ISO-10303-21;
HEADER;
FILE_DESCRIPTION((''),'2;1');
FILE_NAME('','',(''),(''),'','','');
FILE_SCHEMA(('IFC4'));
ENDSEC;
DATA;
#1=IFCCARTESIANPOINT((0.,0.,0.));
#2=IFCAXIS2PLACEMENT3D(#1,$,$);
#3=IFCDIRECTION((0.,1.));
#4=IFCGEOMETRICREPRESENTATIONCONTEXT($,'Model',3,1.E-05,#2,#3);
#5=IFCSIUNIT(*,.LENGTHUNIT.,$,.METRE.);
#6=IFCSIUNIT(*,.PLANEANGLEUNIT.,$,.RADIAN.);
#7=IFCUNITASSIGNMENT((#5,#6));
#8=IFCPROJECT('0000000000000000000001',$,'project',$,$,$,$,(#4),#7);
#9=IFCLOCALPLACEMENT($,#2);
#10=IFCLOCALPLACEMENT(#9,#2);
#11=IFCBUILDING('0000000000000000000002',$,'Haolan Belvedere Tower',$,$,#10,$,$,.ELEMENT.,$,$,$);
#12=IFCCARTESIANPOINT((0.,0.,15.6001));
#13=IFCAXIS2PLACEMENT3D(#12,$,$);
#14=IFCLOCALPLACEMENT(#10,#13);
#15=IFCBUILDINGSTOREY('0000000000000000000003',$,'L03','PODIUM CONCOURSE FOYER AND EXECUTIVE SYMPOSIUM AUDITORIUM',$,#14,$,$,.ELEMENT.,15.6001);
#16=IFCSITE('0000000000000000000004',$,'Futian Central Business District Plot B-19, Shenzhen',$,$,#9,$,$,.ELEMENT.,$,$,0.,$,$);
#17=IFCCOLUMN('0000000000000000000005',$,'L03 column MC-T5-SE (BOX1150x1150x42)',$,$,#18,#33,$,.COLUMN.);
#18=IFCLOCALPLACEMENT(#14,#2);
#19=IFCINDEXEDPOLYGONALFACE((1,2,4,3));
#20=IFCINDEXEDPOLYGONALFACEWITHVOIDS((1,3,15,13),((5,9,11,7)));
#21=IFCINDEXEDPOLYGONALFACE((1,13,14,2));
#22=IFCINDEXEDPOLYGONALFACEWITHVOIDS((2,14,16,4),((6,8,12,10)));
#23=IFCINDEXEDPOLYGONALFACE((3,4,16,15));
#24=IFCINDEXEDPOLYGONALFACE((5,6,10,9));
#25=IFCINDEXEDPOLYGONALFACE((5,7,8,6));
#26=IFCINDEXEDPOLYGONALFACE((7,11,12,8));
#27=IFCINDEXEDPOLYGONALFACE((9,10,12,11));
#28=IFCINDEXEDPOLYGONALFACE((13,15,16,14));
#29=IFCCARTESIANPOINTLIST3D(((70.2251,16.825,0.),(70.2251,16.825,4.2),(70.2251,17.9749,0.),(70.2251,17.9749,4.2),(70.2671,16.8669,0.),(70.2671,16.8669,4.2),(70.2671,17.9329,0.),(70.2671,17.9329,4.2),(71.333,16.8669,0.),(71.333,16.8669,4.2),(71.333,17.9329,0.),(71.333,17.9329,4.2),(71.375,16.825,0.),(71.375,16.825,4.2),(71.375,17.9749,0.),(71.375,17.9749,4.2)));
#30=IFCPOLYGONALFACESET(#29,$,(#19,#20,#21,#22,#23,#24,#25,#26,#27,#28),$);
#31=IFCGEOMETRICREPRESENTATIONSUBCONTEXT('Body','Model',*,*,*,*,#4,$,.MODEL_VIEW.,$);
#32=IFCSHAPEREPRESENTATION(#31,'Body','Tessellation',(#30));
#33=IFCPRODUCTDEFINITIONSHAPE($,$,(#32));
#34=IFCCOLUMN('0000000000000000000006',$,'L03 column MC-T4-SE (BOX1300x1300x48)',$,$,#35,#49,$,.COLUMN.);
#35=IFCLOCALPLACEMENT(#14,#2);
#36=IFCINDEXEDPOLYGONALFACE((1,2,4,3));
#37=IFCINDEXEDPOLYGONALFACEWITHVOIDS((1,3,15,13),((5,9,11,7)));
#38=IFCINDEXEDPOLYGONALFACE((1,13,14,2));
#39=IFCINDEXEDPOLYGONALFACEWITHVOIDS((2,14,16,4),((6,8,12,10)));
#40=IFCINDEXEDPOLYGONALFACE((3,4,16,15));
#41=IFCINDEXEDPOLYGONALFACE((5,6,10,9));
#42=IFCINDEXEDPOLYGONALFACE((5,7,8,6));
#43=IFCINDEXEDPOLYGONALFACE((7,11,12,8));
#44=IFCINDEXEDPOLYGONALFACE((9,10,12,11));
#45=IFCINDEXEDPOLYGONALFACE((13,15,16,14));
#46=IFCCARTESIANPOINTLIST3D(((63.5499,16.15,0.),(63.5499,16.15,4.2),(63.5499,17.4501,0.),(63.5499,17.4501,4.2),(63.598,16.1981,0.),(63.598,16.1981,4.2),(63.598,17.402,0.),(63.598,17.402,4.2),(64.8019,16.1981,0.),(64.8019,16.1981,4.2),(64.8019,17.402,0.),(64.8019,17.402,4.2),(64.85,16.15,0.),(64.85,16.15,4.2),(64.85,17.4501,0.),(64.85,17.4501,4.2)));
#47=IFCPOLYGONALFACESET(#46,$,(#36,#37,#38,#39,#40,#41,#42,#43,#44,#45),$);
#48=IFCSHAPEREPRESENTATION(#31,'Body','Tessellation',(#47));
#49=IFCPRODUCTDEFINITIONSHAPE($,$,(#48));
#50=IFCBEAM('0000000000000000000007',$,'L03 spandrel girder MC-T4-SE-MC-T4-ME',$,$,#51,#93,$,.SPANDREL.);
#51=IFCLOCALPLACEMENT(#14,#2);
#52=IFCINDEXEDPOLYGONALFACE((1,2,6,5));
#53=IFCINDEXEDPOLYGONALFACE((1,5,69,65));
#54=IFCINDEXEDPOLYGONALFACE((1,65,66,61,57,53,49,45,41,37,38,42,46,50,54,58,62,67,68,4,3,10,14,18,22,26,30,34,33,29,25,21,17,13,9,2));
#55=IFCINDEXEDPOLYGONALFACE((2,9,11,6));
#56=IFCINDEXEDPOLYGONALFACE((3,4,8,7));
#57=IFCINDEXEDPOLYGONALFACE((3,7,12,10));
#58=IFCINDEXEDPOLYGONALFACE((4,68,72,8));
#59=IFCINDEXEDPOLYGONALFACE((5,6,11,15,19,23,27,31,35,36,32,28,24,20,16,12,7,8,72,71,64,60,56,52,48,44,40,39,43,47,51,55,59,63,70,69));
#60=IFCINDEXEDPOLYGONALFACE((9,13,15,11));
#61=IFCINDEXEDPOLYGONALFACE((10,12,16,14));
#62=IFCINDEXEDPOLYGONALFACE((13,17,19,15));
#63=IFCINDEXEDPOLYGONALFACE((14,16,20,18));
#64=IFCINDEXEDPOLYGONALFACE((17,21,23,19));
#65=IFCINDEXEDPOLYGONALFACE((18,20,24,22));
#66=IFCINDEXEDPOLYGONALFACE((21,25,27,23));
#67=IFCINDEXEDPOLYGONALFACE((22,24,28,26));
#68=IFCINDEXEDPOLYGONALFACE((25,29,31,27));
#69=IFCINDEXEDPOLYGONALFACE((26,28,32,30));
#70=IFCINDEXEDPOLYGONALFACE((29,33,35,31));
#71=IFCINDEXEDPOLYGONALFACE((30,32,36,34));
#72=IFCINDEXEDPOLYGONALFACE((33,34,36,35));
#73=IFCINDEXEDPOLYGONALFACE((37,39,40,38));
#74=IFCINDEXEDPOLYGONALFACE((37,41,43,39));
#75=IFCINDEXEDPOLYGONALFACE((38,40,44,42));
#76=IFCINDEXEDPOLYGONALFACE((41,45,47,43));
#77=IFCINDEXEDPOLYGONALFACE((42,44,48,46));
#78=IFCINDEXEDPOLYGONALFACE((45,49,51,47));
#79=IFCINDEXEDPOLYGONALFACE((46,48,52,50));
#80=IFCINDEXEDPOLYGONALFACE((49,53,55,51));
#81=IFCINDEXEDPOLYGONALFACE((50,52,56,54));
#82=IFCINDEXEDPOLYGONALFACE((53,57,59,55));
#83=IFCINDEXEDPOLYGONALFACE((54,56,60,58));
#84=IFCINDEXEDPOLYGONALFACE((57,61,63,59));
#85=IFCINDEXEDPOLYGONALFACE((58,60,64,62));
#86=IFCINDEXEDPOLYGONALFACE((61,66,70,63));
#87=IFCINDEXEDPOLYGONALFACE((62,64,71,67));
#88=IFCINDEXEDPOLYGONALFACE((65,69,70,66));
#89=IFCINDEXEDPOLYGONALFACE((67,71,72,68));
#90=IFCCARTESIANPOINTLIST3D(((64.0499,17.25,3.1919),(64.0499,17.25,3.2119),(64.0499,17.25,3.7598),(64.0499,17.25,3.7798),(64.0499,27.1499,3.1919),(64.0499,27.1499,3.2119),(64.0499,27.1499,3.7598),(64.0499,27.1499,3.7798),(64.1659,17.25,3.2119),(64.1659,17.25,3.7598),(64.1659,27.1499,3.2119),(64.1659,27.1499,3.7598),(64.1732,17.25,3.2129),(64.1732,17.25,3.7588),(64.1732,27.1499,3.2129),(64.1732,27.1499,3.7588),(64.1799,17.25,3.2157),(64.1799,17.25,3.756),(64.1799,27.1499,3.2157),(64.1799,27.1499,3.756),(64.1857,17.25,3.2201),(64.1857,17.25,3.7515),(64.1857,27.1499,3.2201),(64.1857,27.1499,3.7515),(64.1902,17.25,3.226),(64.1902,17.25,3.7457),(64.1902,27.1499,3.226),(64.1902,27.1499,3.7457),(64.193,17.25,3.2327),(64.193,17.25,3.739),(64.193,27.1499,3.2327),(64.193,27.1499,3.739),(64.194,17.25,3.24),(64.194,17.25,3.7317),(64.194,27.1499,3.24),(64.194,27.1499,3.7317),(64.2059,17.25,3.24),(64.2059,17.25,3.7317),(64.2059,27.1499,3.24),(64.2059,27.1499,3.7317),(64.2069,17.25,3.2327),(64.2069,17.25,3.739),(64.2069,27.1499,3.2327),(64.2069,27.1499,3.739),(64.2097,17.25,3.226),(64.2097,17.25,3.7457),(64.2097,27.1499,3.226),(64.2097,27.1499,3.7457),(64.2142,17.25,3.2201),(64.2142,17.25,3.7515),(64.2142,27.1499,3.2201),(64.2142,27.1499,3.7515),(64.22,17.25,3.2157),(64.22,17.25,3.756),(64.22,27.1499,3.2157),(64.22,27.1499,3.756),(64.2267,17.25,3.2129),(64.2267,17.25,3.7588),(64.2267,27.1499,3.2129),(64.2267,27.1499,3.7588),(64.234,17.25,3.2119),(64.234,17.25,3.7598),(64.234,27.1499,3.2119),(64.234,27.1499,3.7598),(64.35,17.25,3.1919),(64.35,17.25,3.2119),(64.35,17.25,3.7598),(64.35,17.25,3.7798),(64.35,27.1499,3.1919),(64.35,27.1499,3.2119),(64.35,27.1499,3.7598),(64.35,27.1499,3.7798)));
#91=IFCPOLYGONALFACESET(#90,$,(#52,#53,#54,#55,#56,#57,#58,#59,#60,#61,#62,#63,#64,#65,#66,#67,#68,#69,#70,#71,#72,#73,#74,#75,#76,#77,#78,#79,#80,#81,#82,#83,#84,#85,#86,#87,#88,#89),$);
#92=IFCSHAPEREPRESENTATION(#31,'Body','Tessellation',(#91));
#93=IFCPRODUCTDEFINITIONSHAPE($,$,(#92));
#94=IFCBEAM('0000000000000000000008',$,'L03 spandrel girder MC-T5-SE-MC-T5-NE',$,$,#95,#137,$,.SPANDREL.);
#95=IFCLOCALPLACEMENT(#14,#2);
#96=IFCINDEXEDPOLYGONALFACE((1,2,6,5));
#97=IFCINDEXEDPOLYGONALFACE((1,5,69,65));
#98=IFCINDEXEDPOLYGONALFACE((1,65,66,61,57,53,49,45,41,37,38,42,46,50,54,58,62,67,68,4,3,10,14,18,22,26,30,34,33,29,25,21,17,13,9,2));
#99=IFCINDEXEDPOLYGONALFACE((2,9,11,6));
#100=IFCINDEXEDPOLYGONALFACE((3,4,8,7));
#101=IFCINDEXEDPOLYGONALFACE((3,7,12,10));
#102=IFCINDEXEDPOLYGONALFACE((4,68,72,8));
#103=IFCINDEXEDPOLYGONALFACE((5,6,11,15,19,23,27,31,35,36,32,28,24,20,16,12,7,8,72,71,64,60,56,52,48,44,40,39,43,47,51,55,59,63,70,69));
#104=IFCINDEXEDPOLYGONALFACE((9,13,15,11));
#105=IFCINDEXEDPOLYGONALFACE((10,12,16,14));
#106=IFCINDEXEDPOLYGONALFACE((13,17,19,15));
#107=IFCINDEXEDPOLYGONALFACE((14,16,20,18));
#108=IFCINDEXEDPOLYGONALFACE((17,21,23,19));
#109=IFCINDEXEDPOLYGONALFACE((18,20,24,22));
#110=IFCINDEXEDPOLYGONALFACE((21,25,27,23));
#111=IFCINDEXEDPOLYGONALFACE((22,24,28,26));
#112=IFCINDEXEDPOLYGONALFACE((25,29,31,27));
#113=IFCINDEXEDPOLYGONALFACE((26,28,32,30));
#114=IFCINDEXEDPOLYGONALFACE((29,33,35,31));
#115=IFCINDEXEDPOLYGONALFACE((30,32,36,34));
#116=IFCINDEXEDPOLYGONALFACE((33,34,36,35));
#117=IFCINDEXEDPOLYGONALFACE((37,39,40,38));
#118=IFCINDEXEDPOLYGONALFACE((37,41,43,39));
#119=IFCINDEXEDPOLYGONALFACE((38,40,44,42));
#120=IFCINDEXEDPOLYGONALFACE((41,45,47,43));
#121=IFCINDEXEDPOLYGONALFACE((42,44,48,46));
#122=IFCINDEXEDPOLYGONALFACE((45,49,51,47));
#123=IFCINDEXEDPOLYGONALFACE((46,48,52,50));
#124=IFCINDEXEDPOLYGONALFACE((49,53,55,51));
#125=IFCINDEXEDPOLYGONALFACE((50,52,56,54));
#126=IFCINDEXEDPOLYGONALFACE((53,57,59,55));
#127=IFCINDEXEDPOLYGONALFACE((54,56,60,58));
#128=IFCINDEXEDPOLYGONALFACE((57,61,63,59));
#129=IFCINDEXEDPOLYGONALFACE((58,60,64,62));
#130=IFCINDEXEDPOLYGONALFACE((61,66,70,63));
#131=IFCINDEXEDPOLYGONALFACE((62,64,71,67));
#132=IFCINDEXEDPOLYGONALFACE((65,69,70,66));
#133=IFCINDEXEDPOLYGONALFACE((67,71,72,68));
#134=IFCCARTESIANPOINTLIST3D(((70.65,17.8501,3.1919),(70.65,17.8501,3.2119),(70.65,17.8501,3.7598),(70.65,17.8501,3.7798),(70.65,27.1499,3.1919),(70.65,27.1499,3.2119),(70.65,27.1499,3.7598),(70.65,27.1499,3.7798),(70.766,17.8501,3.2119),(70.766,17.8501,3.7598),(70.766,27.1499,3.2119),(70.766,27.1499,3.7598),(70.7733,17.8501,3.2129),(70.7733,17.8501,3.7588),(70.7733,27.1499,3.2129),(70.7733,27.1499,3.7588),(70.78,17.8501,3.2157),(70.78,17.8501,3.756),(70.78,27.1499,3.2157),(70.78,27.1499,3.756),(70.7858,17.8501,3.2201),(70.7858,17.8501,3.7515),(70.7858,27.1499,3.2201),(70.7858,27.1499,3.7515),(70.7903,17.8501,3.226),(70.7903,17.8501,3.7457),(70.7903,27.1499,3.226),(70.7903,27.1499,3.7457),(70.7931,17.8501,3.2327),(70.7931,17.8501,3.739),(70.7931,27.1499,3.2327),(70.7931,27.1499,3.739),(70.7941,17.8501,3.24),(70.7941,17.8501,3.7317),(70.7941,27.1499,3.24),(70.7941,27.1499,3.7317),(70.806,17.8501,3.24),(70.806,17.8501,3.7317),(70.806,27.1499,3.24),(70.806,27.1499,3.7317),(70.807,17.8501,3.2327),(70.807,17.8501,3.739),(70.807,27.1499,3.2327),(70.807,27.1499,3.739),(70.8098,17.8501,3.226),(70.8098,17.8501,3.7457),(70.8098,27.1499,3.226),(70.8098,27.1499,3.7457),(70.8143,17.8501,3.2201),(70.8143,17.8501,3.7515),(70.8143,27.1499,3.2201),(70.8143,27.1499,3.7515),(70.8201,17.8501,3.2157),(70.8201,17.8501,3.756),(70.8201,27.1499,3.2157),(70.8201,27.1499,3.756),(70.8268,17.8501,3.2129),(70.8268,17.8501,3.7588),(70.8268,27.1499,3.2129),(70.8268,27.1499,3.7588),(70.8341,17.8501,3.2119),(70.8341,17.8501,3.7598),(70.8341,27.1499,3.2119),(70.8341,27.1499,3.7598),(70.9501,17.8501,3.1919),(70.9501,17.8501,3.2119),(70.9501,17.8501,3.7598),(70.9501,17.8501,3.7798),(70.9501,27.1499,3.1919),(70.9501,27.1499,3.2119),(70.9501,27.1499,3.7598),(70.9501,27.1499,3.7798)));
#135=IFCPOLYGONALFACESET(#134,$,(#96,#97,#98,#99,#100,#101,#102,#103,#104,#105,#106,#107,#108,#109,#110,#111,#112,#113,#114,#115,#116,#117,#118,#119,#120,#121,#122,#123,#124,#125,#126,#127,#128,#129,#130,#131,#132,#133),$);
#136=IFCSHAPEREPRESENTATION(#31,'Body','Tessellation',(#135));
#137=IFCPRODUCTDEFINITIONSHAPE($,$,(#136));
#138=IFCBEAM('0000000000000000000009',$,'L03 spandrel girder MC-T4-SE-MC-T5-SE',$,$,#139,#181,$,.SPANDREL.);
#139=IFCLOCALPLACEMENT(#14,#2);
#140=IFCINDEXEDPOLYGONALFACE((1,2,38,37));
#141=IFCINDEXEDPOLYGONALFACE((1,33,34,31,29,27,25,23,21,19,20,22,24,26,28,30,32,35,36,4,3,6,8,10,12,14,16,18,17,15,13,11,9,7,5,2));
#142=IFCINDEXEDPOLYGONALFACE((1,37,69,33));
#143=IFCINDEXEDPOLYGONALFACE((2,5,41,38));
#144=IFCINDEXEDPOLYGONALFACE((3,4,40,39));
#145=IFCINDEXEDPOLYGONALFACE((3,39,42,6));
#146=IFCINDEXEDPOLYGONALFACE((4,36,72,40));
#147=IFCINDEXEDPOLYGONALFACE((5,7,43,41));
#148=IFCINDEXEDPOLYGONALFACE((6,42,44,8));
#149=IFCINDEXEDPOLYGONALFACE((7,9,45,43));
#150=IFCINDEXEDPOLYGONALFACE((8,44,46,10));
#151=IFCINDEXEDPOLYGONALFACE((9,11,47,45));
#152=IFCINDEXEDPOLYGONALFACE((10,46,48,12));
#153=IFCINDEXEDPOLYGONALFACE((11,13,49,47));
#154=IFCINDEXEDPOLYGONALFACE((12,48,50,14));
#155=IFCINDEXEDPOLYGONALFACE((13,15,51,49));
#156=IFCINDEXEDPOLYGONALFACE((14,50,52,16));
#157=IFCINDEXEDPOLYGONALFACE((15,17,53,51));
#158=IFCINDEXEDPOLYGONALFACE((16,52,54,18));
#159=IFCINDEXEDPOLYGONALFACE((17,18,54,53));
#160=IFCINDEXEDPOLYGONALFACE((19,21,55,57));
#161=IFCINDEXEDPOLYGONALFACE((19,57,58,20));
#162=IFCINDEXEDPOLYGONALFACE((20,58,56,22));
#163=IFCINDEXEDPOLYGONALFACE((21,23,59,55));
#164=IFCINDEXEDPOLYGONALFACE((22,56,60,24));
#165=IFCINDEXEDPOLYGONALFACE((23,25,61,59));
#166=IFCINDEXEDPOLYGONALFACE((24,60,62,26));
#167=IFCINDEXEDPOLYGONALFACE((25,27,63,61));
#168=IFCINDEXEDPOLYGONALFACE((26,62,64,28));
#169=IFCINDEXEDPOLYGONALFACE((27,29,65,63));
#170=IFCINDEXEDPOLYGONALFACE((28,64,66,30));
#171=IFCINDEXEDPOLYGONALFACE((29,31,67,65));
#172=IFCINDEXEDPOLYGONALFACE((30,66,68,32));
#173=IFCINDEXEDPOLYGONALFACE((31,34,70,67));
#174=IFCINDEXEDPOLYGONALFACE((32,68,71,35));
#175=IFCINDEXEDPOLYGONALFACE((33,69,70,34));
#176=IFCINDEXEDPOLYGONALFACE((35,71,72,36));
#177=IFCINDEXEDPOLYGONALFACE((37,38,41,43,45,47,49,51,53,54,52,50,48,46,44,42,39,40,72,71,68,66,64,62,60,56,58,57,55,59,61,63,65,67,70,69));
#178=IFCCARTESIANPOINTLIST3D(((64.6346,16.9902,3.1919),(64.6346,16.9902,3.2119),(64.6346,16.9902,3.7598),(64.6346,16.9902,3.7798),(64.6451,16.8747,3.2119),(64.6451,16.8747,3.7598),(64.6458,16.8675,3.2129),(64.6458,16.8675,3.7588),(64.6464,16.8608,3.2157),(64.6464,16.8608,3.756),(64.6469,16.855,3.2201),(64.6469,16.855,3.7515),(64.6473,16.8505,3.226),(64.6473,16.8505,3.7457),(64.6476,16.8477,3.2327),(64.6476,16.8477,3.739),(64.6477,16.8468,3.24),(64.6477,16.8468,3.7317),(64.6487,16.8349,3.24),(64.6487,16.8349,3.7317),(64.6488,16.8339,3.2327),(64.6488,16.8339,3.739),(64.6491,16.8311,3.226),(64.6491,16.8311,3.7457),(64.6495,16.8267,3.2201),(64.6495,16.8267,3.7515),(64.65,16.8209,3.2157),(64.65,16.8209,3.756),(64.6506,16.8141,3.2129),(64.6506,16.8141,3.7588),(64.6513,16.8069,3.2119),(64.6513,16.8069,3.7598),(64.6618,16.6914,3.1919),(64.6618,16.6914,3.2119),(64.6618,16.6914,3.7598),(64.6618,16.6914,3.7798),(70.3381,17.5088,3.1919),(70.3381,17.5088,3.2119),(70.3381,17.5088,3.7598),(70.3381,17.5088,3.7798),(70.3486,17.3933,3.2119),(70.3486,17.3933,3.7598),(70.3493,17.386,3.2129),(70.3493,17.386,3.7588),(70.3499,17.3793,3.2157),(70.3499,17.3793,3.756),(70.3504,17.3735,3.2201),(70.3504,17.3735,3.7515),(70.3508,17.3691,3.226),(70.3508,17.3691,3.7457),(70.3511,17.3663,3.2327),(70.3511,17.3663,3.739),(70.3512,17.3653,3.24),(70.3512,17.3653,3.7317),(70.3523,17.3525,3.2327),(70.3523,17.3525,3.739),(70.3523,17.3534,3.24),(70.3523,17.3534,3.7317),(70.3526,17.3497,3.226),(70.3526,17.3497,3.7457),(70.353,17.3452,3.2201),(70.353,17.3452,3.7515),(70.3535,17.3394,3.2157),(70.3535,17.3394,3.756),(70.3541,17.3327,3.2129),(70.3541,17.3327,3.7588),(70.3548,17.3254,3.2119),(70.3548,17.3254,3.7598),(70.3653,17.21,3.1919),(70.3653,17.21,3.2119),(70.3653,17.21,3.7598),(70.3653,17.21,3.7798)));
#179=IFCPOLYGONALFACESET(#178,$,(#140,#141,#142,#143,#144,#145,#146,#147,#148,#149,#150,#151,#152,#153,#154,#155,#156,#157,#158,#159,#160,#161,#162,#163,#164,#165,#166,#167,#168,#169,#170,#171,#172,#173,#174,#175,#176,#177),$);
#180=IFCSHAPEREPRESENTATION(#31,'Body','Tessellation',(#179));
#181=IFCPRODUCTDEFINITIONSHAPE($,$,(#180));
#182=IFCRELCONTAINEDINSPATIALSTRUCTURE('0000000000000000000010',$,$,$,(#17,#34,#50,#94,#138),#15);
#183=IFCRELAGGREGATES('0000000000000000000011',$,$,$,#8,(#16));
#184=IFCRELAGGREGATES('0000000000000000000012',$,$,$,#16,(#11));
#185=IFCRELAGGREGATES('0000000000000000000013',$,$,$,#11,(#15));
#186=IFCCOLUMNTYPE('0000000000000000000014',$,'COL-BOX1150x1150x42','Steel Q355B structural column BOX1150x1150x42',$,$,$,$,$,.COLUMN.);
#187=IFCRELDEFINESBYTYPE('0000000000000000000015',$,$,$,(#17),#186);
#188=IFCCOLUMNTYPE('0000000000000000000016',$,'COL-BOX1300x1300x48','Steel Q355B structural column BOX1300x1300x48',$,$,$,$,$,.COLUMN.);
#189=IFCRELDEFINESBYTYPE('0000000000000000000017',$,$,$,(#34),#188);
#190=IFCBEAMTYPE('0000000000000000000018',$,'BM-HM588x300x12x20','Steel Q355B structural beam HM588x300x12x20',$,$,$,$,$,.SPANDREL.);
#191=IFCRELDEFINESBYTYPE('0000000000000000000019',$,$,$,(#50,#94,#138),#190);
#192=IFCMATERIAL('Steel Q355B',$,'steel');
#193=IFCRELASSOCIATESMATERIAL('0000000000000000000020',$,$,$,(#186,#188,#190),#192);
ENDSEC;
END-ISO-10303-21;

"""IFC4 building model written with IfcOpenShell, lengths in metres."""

from ifc_helpers import new_model, si_unit, direction, frame, origin, origin_2d, place, context, subcontext, project, spatial, hollow_rectangle, i_section, extrude, material, material_profile, profile_set, type_object, element, save


model = new_model("IFC4")

# Units and contexts
model_context = context("Model", 3, precision=1e-05, world=origin(), true_north=direction((0.0, 1.0)))
body_context = subcontext(model_context, "Body", "Model", "MODEL_VIEW")
ifc_project = project(units=[si_unit("LENGTHUNIT", "METRE"), si_unit("PLANEANGLEUNIT", "RADIAN")], contexts=[model_context])

# Site, building, storey
site_placement = place(None, origin())
site = spatial("IfcSite", under=ifc_project, at=site_placement, Name="Futian Central Business District Plot B-19, Shenzhen", CompositionType="ELEMENT", RefElevation=0.0)
building_placement = place(site_placement, origin())
building = spatial("IfcBuilding", under=site, at=building_placement, Name="Haolan Belvedere Tower", CompositionType="ELEMENT")
storey_placement = place(building_placement, frame((0.0, 0.0, 15.6001)))
storey = spatial("IfcBuildingStorey", under=building, at=storey_placement, Name="L03", Description="PODIUM CONCOURSE FOYER AND EXECUTIVE SYMPOSIUM AUDITORIUM", CompositionType="ELEMENT", Elevation=15.6001)

# Columns
ifc_material_1 = material(Name="Steel Q355B", Category="steel")
ifc_material_profile_1 = material_profile(ifc_material_1, hollow_rectangle(XDim=1.1499, YDim=1.1499, WallThickness=0.042, at=origin_2d()), Name="Steel Q355B")
ifc_profile_set_1 = profile_set([ifc_material_profile_1], Name="Steel Q355B")
column_type_1 = type_object("IfcColumnType", Name="COL-BOX1150x1150x42", Description="Steel Q355B structural column BOX1150x1150x42", PredefinedType="COLUMN", material=ifc_profile_set_1)
column_1_placement = place(storey_placement, frame((70.8, 17.3999, 0.0), z_axis=(0.0, 0.0, 1.0), x_axis=(1.0, 0.0, 0.0)))
element("IfcColumn", 1, at=column_1_placement, inside=storey, type_object=column_type_1, Name="L03 column MC-T5-SE (BOX1150x1150x42)", PredefinedType="COLUMN", context=body_context, shape_type="SweptSolid", body=[
    extrude(hollow_rectangle(XDim=1.1499, YDim=1.1499, WallThickness=0.042, at=origin_2d()), origin(), (0.0, 0.0, 1.0), 4.2),
])
ifc_material_profile_2 = material_profile(ifc_material_1, hollow_rectangle(XDim=1.3, YDim=1.3, WallThickness=0.0481, at=origin_2d()), Name="Steel Q355B")
ifc_profile_set_2 = profile_set([ifc_material_profile_2], Name="Steel Q355B")
column_type_2 = type_object("IfcColumnType", Name="COL-BOX1300x1300x48", Description="Steel Q355B structural column BOX1300x1300x48", PredefinedType="COLUMN", material=ifc_profile_set_2)
column_2_placement = place(storey_placement, frame((64.2, 16.8, 0.0), z_axis=(0.0, 0.0, 1.0), x_axis=(1.0, 0.0, 0.0)))
element("IfcColumn", 2, at=column_2_placement, inside=storey, type_object=column_type_2, Name="L03 column MC-T4-SE (BOX1300x1300x48)", PredefinedType="COLUMN", context=body_context, shape_type="SweptSolid", body=[
    extrude(hollow_rectangle(XDim=1.3, YDim=1.3, WallThickness=0.0481, at=origin_2d()), origin(), (0.0, 0.0, 1.0), 4.2),
])

# Beams
ifc_material_profile_3 = material_profile(ifc_material_1, i_section(OverallWidth=0.3, OverallDepth=0.5879, WebThickness=0.012, FlangeThickness=0.02, FilletRadius=0.0281, at=origin_2d()), Name="Steel Q355B")
ifc_profile_set_3 = profile_set([ifc_material_profile_3], Name="Steel Q355B")
beam_type = type_object("IfcBeamType", Name="BM-HM588x300x12x20", Description="Steel Q355B structural beam HM588x300x12x20", PredefinedType="SPANDREL", material=ifc_profile_set_3)
beam_1_placement = place(storey_placement, frame((64.2, 17.25, 3.4858), z_axis=(0.0, 1.0, 0.0), x_axis=(-1.0, 0.0, 0.0)))
element("IfcBeam", 3, at=beam_1_placement, inside=storey, type_object=beam_type, Name="L03 spandrel girder MC-T4-SE-MC-T4-ME", PredefinedType="SPANDREL", context=body_context, shape_type="SweptSolid", body=[
    extrude(i_section(OverallWidth=0.3, OverallDepth=0.5879, WebThickness=0.012, FlangeThickness=0.02, FilletRadius=0.0281, at=origin_2d()), origin(), (0.0, 0.0, 1.0), 9.8999),
])
beam_2_placement = place(storey_placement, frame((70.8, 17.8501, 3.4858), z_axis=(0.0, 1.0, 0.0), x_axis=(-1.0, 0.0, 0.0)))
element("IfcBeam", 4, at=beam_2_placement, inside=storey, type_object=beam_type, Name="L03 spandrel girder MC-T5-SE-MC-T5-NE", PredefinedType="SPANDREL", context=body_context, shape_type="SweptSolid", body=[
    extrude(i_section(OverallWidth=0.3, OverallDepth=0.5879, WebThickness=0.012, FlangeThickness=0.02, FilletRadius=0.0281, at=origin_2d()), origin(), (0.0, 0.0, 1.0), 9.2998),
])
beam_3_placement = place(storey_placement, frame((64.6482, 16.8408, 3.4858), z_axis=(0.995893, 0.090543, 0.0), x_axis=(-0.090543, 0.995893, 0.0)))
element("IfcBeam", 5, at=beam_3_placement, inside=storey, type_object=beam_type, Name="L03 spandrel girder MC-T4-SE-MC-T5-SE", PredefinedType="SPANDREL", context=body_context, shape_type="SweptSolid", body=[
    extrude(i_section(OverallWidth=0.3, OverallDepth=0.5879, WebThickness=0.012, FlangeThickness=0.02, FilletRadius=0.0281, at=origin_2d()), origin(), (0.0, 0.0, 1.0), 5.7271),
])

save(model, "model.ifc")
